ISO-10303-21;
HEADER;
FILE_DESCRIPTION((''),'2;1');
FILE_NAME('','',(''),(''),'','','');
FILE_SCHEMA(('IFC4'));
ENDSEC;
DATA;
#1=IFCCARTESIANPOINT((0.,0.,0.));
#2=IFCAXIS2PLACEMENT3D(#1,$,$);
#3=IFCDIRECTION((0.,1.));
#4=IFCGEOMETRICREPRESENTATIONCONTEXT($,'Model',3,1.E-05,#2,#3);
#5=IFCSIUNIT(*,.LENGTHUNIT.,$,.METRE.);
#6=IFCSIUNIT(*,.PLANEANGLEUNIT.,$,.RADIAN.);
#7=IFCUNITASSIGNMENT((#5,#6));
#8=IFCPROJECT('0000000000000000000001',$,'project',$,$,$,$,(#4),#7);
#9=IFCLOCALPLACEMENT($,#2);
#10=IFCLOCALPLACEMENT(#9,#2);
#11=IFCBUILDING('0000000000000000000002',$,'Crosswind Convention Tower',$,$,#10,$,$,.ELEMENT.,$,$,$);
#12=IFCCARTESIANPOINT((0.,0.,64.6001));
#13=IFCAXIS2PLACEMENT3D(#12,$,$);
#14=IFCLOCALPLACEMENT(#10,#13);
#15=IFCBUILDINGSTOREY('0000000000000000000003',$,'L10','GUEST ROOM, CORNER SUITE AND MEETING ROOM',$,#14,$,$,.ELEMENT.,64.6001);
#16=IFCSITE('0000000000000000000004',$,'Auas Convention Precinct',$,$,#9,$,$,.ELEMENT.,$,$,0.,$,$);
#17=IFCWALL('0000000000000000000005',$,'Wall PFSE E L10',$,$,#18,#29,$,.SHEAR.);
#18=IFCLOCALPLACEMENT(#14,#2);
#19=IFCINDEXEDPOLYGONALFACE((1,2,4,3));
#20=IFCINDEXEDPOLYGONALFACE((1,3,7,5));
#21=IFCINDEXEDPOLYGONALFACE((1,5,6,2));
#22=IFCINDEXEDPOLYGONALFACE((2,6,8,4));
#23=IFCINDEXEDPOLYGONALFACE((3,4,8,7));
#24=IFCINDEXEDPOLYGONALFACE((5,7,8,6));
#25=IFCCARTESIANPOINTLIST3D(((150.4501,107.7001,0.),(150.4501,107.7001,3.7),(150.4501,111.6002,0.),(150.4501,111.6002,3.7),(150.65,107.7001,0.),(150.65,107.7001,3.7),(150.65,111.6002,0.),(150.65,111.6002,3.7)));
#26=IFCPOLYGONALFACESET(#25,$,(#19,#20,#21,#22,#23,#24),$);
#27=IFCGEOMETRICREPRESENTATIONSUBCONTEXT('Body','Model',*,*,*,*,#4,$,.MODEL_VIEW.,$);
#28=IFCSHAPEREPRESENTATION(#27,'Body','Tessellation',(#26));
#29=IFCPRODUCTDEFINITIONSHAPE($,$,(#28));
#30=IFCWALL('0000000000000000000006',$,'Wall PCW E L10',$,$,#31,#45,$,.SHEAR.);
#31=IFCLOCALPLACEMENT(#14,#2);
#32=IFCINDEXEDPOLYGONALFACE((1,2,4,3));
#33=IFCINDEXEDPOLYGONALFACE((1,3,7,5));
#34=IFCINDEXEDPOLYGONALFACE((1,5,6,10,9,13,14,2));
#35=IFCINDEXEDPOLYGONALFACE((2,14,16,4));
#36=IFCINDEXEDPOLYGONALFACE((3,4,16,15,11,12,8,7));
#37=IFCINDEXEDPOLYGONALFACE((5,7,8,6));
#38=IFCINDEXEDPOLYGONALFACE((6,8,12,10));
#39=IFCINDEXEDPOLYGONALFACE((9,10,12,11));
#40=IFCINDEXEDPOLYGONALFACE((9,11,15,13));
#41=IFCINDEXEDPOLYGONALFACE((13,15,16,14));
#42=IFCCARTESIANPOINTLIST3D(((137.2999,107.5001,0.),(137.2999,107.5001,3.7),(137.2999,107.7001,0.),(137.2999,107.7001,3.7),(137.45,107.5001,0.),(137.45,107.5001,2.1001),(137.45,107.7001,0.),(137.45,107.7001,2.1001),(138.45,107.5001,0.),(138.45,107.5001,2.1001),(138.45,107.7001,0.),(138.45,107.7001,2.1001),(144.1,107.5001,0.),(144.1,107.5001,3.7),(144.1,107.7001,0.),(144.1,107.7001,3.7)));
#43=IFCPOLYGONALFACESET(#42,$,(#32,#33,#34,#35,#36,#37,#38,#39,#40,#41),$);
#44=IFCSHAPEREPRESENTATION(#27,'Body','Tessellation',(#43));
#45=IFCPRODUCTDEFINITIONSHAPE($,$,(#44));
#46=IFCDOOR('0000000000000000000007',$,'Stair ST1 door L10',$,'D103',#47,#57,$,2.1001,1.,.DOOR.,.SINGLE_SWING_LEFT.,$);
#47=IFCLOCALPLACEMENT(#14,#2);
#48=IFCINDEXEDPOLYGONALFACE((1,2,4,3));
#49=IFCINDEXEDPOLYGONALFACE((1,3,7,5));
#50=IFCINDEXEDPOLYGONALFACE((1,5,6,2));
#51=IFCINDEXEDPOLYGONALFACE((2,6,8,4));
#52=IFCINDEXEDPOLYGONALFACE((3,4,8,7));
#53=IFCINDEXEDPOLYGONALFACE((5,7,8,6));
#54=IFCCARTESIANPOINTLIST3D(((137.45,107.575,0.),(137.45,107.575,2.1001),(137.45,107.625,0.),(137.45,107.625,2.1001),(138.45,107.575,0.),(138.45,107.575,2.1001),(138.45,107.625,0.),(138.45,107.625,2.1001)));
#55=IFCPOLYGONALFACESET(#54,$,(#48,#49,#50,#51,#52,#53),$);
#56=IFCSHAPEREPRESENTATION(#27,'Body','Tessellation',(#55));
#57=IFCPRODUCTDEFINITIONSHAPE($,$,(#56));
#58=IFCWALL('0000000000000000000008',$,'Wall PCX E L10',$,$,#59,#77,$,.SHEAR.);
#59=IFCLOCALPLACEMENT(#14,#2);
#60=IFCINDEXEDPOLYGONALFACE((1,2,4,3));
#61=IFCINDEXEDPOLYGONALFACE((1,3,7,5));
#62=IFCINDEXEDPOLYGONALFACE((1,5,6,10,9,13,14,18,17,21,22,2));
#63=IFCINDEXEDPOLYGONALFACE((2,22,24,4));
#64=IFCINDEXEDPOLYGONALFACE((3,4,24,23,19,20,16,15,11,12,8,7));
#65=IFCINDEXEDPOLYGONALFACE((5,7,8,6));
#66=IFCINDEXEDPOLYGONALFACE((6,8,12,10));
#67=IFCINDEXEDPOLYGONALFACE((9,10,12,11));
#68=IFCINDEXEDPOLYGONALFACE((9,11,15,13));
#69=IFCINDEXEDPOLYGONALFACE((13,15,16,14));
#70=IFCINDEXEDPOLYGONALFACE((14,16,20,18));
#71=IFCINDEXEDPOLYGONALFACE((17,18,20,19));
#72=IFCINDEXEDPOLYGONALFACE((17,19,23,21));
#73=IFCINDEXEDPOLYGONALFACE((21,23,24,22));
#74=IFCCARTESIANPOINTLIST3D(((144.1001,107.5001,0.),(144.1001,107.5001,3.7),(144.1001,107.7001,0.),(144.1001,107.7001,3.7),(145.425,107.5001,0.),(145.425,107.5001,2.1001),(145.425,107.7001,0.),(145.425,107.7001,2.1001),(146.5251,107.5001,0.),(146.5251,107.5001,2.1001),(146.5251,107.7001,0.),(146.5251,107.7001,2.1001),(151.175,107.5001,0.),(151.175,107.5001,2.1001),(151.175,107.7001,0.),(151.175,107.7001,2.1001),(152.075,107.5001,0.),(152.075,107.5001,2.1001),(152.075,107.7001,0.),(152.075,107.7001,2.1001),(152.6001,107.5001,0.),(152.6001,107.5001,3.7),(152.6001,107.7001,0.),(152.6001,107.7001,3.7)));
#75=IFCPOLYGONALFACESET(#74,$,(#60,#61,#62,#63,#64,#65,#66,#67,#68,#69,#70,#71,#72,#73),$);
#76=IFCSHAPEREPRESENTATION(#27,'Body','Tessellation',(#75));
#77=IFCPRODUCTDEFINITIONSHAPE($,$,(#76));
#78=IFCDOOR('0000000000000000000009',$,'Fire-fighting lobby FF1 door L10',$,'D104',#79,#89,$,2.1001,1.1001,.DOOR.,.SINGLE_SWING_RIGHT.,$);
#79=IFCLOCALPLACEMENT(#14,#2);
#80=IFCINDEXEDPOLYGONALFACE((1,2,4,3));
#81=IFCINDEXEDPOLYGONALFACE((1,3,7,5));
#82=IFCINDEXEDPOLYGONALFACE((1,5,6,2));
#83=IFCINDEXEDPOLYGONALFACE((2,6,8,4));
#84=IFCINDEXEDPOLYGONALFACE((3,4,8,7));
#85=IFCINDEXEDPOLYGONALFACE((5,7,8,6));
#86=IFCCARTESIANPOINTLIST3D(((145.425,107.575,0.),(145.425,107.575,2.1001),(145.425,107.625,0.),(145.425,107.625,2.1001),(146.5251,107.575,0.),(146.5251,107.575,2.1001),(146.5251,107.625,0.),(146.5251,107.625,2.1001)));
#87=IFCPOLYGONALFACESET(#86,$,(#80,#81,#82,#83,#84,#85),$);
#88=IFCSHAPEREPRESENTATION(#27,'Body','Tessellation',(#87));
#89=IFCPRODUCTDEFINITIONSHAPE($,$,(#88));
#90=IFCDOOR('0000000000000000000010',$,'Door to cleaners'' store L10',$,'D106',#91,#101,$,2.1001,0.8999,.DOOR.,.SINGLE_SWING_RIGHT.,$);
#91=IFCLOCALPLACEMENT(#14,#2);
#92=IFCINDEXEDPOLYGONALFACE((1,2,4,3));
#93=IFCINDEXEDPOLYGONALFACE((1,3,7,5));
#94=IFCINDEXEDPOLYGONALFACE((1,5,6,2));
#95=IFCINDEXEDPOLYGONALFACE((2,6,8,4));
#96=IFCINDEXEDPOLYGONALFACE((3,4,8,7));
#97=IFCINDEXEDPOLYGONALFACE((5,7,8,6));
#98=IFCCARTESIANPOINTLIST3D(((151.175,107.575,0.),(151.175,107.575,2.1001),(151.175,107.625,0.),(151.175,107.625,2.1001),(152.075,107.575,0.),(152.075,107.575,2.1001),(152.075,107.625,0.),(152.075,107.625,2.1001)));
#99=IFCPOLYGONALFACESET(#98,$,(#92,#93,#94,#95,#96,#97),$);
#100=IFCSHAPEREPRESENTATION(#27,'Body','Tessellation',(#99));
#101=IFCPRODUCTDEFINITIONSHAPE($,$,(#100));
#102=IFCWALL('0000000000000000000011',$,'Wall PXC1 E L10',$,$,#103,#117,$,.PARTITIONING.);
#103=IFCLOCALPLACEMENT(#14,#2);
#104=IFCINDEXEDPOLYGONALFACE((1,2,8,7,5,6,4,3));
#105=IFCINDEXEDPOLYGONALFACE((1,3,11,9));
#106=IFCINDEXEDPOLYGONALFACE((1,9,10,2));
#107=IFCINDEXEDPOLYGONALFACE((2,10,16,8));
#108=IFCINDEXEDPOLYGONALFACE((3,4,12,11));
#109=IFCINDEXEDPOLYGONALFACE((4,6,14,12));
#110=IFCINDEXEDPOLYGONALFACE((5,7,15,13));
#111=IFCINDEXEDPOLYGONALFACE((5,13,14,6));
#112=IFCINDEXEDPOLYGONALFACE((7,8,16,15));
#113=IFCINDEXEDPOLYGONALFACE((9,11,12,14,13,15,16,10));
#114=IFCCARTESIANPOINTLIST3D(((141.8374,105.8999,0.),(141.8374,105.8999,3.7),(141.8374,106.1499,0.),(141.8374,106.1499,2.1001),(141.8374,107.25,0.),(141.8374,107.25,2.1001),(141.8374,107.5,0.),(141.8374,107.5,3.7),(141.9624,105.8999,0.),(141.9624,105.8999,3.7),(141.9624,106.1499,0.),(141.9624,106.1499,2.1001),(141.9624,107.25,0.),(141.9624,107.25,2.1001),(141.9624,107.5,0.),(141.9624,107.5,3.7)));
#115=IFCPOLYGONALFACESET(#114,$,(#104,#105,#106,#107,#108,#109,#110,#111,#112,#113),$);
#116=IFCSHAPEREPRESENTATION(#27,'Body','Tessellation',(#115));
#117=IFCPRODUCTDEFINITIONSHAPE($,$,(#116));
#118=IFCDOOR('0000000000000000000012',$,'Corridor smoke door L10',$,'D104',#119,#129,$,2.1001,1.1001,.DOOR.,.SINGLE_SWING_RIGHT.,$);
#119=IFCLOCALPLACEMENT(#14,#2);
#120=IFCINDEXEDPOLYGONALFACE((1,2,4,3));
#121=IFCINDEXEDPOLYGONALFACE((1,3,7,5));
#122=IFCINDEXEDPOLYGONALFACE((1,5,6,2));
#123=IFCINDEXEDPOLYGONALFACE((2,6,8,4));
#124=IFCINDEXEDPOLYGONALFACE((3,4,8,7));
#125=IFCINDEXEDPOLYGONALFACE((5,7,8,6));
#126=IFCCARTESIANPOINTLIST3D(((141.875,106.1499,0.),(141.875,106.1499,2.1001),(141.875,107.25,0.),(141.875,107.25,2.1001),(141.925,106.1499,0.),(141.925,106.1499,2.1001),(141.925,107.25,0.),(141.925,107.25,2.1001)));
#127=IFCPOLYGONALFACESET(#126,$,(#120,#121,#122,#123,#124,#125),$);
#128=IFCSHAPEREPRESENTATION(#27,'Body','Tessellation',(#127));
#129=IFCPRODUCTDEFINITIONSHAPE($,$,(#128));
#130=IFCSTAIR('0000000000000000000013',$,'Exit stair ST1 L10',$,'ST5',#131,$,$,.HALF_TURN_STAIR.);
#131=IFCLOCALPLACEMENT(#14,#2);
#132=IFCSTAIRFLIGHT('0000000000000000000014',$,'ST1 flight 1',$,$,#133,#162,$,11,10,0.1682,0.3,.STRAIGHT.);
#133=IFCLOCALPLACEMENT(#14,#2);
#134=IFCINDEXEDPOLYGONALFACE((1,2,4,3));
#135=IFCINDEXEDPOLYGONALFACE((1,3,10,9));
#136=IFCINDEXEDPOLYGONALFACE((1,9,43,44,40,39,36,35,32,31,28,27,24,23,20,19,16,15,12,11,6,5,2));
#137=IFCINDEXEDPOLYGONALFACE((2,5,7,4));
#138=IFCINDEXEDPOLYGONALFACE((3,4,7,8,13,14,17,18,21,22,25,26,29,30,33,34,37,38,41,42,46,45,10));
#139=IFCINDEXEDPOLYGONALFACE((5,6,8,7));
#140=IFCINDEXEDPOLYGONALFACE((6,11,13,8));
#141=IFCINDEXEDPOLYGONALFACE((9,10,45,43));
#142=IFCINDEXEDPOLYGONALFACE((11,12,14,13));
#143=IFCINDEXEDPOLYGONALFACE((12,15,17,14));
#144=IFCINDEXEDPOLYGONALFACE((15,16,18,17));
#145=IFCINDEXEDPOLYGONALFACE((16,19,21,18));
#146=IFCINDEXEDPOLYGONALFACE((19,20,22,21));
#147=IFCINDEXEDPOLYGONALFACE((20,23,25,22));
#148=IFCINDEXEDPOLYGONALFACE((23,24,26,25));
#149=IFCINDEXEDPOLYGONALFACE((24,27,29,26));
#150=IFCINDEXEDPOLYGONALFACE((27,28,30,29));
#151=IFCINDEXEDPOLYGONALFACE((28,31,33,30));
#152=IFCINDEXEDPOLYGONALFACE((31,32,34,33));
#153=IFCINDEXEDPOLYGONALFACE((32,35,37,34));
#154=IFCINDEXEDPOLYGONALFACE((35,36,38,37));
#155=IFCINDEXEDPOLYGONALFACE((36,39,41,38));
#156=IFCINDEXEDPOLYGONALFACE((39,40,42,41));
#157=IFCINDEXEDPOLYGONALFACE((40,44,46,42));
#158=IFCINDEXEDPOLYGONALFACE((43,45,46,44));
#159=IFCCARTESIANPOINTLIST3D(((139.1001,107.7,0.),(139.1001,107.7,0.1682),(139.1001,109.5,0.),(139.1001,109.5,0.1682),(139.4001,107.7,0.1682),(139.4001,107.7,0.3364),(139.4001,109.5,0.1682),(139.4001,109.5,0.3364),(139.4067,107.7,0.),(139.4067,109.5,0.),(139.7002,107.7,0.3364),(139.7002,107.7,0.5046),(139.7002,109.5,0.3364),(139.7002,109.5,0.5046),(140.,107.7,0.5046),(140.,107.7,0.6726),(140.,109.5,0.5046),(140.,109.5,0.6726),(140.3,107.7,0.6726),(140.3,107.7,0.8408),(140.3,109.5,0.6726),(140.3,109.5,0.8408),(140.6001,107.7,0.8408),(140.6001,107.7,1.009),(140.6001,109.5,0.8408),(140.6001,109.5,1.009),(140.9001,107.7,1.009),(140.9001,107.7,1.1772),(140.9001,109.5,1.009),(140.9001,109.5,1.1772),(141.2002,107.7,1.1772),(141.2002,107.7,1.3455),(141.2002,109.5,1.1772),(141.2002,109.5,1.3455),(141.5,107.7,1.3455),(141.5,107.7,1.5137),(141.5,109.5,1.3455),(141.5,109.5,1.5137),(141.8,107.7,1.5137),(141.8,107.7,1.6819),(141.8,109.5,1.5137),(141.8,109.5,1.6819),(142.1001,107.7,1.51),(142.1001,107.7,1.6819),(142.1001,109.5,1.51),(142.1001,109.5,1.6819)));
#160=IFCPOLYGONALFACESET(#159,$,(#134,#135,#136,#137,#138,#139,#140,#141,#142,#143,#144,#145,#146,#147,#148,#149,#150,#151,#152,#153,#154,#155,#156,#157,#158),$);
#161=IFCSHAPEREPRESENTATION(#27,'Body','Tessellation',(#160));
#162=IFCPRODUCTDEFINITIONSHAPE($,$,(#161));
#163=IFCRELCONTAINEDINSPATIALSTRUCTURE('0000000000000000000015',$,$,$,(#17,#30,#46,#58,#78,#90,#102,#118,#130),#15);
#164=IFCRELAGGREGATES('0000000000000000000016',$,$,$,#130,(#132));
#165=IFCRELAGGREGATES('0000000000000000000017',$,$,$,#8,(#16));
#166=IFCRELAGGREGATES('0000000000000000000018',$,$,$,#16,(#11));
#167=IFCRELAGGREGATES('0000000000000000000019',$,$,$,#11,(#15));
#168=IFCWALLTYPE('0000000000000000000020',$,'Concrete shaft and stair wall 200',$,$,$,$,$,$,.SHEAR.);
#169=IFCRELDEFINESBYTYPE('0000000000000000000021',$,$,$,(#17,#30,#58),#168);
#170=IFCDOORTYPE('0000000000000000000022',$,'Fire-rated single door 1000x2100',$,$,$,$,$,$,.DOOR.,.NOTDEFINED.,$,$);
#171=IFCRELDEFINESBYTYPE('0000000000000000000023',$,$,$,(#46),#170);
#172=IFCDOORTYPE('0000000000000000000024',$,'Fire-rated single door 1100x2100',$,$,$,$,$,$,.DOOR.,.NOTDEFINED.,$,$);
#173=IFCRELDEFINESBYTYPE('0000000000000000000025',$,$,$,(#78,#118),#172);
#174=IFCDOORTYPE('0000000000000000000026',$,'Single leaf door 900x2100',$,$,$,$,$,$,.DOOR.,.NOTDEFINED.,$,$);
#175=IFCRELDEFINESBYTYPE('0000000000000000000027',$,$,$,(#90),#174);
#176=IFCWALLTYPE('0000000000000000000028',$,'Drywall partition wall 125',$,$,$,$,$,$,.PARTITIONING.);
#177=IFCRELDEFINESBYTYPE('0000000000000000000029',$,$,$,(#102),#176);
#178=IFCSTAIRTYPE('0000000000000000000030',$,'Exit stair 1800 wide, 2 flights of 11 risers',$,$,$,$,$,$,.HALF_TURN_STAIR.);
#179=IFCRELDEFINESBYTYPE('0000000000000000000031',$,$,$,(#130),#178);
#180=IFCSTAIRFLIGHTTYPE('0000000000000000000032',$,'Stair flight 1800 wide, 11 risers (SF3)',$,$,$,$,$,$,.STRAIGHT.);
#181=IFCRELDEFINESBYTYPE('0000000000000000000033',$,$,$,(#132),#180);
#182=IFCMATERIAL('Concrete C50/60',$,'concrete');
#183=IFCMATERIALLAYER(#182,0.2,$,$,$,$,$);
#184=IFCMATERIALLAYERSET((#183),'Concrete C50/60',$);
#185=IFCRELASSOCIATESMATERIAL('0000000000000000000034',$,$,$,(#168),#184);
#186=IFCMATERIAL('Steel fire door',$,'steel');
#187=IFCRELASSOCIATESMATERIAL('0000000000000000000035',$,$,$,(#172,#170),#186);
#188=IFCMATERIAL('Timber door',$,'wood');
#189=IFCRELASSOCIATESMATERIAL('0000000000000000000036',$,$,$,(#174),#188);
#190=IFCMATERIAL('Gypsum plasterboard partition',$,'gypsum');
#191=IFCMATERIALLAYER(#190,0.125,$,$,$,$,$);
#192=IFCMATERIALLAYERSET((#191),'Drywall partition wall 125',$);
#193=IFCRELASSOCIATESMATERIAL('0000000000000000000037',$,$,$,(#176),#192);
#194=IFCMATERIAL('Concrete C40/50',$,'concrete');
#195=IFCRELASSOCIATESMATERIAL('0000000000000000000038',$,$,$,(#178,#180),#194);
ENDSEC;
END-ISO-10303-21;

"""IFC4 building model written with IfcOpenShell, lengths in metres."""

from ifc_helpers import new_model, si_unit, direction, frame, frame_2d, origin, place, context, subcontext, project, spatial, polyline, rectangle, outline, extrude, material, layer, layer_set, type_object, element, fill, aggregate, save


model = new_model("IFC4")

# Units and contexts
model_context = context("Model", 3, precision=1e-05, world=origin(), true_north=direction((0.0, 1.0)))
body_context = subcontext(model_context, "Body", "Model", "MODEL_VIEW")
ifc_project = project(units=[si_unit("LENGTHUNIT", "METRE"), si_unit("PLANEANGLEUNIT", "RADIAN")], contexts=[model_context])

# Site, building, storey
site_placement = place(None, origin())
site = spatial("IfcSite", under=ifc_project, at=site_placement, Name="Auas Convention Precinct", CompositionType="ELEMENT", RefElevation=0.0)
building_placement = place(site_placement, origin())
building = spatial("IfcBuilding", under=site, at=building_placement, Name="Crosswind Convention Tower", CompositionType="ELEMENT")
storey_placement = place(building_placement, frame((0.0, 0.0, 64.6001)))
storey = spatial("IfcBuildingStorey", under=building, at=storey_placement, Name="L10", Description="GUEST ROOM, CORNER SUITE AND MEETING ROOM", CompositionType="ELEMENT", Elevation=64.6001)

# Shared definitions
ifc_material_1 = material(Name="Concrete C50/60", Category="concrete")
ifc_layer_1 = layer(ifc_material_1, 0.2)
ifc_layer_set_1 = layer_set([ifc_layer_1], Name="Concrete C50/60")
wall_type_1 = type_object("IfcWallType", Name="Concrete shaft and stair wall 200", PredefinedType="SHEAR", material=ifc_layer_set_1)

# Shared definitions
ifc_material_2 = material(Name="Steel fire door", Category="steel")
door_type_1 = type_object("IfcDoorType", Name="Fire-rated single door 1100x2100", OperationType="NOTDEFINED", PredefinedType="DOOR", material=ifc_material_2)

# Wall
wall_1_placement = place(storey_placement, frame((150.55, 107.7, 0.0), z_axis=(0.0, 0.0, 1.0), x_axis=(0.0, 1.0, 0.0)))
element("IfcWall", 1, at=wall_1_placement, inside=storey, type_object=wall_type_1, Name="Wall PFSE E L10", PredefinedType="SHEAR", context=body_context, shape_type="SweptSolid", body=[
    extrude(rectangle(XDim=3.9001, YDim=0.2, at=frame_2d((1.9502, 0.0))), origin(), (0.0, 0.0, 1.0), 3.7),
])

# Wall, opening, door
wall_2_placement = place(storey_placement, frame((137.3, 107.6001, 0.0), z_axis=(0.0, 0.0, 1.0), x_axis=(1.0, 0.0, 0.0)))
wall_2 = element("IfcWall", 2, at=wall_2_placement, inside=storey, type_object=wall_type_1, Name="Wall PCW E L10", PredefinedType="SHEAR", context=body_context, shape_type="SweptSolid", body=[
    extrude(rectangle(XDim=6.8, YDim=0.2, at=frame_2d((3.3999, 0.0))), origin(), (0.0, 0.0, 1.0), 3.7),
])
opening_1_placement = place(wall_2_placement, frame((0.1499, 0.0, 0.0)))
opening_1 = element("IfcOpeningElement", 3, at=opening_1_placement, cuts=wall_2, PredefinedType="OPENING", context=body_context, shape_type="SweptSolid", body=[
    extrude(rectangle(XDim=1.0, YDim=2.1001, at=frame_2d((0.5, 1.05))), frame((0.0, 0.1099, 0.0), z_axis=(0.0, -1.0, 0.0), x_axis=(1.0, 0.0, 0.0)), (0.0, 0.0, 1.0), 0.22),
])
door_type_2 = type_object("IfcDoorType", Name="Fire-rated single door 1000x2100", OperationType="NOTDEFINED", PredefinedType="DOOR", material=ifc_material_2)
door_1_placement = place(opening_1_placement, origin())
door_1 = element("IfcDoor", 4, at=door_1_placement, inside=storey, type_object=door_type_2, Name="Stair ST1 door L10", ObjectType="D103", OperationType="SINGLE_SWING_LEFT", OverallHeight=2.1001, OverallWidth=1.0, PredefinedType="DOOR", context=body_context, shape_type="SweptSolid", body=[
    extrude(rectangle(XDim=1.0, YDim=2.1001, at=frame_2d((0.5, 1.05))), frame((0.0, 0.0249, 0.0), z_axis=(0.0, -1.0, 0.0), x_axis=(1.0, 0.0, 0.0)), (0.0, 0.0, 1.0), 0.05),
])
fill(opening_1, door_1)

# Wall, openings, doors
wall_3_placement = place(storey_placement, frame((144.1001, 107.6001, 0.0), z_axis=(0.0, 0.0, 1.0), x_axis=(1.0, 0.0, 0.0)))
wall_3 = element("IfcWall", 5, at=wall_3_placement, inside=storey, type_object=wall_type_1, Name="Wall PCX E L10", PredefinedType="SHEAR", context=body_context, shape_type="SweptSolid", body=[
    extrude(rectangle(XDim=8.5, YDim=0.2, at=frame_2d((4.25, 0.0))), origin(), (0.0, 0.0, 1.0), 3.7),
])
opening_2_placement = place(wall_3_placement, frame((1.325, 0.0, 0.0)))
opening_2 = element("IfcOpeningElement", 6, at=opening_2_placement, cuts=wall_3, PredefinedType="OPENING", context=body_context, shape_type="SweptSolid", body=[
    extrude(rectangle(XDim=1.1001, YDim=2.1001, at=frame_2d((0.55, 1.05))), frame((0.0, 0.1099, 0.0), z_axis=(0.0, -1.0, 0.0), x_axis=(1.0, 0.0, 0.0)), (0.0, 0.0, 1.0), 0.22),
])
opening_3_placement = place(wall_3_placement, frame((7.075, 0.0, 0.0)))
opening_3 = element("IfcOpeningElement", 7, at=opening_3_placement, cuts=wall_3, PredefinedType="OPENING", context=body_context, shape_type="SweptSolid", body=[
    extrude(rectangle(XDim=0.8999, YDim=2.1001, at=frame_2d((0.45, 1.05))), frame((0.0, 0.1099, 0.0), z_axis=(0.0, -1.0, 0.0), x_axis=(1.0, 0.0, 0.0)), (0.0, 0.0, 1.0), 0.22),
])
door_2_placement = place(opening_2_placement, origin())
door_2 = element("IfcDoor", 8, at=door_2_placement, inside=storey, type_object=door_type_1, Name="Fire-fighting lobby FF1 door L10", ObjectType="D104", OperationType="SINGLE_SWING_RIGHT", OverallHeight=2.1001, OverallWidth=1.1001, PredefinedType="DOOR", context=body_context, shape_type="SweptSolid", body=[
    extrude(rectangle(XDim=1.1001, YDim=2.1001, at=frame_2d((0.55, 1.05))), frame((0.0, 0.0249, 0.0), z_axis=(0.0, -1.0, 0.0), x_axis=(1.0, 0.0, 0.0)), (0.0, 0.0, 1.0), 0.05),
])
fill(opening_2, door_2)
ifc_material_3 = material(Name="Timber door", Category="wood")
door_type_3 = type_object("IfcDoorType", Name="Single leaf door 900x2100", OperationType="NOTDEFINED", PredefinedType="DOOR", material=ifc_material_3)
door_3_placement = place(opening_3_placement, origin())
door_3 = element("IfcDoor", 9, at=door_3_placement, inside=storey, type_object=door_type_3, Name="Door to cleaners' store L10", ObjectType="D106", OperationType="SINGLE_SWING_RIGHT", OverallHeight=2.1001, OverallWidth=0.8999, PredefinedType="DOOR", context=body_context, shape_type="SweptSolid", body=[
    extrude(rectangle(XDim=0.8999, YDim=2.1001, at=frame_2d((0.45, 1.05))), frame((0.0, 0.0249, 0.0), z_axis=(0.0, -1.0, 0.0), x_axis=(1.0, 0.0, 0.0)), (0.0, 0.0, 1.0), 0.05),
])
fill(opening_3, door_3)

# Wall, opening, door
ifc_material_4 = material(Name="Gypsum plasterboard partition", Category="gypsum")
ifc_layer_2 = layer(ifc_material_4, 0.125)
ifc_layer_set_2 = layer_set([ifc_layer_2], Name="Drywall partition wall 125")
wall_type_2 = type_object("IfcWallType", Name="Drywall partition wall 125", PredefinedType="PARTITIONING", material=ifc_layer_set_2)
wall_4_placement = place(storey_placement, frame((141.8999, 105.8999, 0.0), z_axis=(0.0, 0.0, 1.0), x_axis=(0.0, 1.0, 0.0)))
wall_4 = element("IfcWall", 10, at=wall_4_placement, inside=storey, type_object=wall_type_2, Name="Wall PXC1 E L10", PredefinedType="PARTITIONING", context=body_context, shape_type="SweptSolid", body=[
    extrude(rectangle(XDim=1.6001, YDim=0.125, at=frame_2d((0.8, 0.0))), origin(), (0.0, 0.0, 1.0), 3.7),
])
opening_4_placement = place(wall_4_placement, frame((0.25, 0.0, 0.0)))
opening_4 = element("IfcOpeningElement", 11, at=opening_4_placement, cuts=wall_4, PredefinedType="OPENING", context=body_context, shape_type="SweptSolid", body=[
    extrude(rectangle(XDim=1.1001, YDim=2.1001, at=frame_2d((0.55, 1.05))), frame((0.0, 0.0725, 0.0), z_axis=(0.0, -1.0, 0.0), x_axis=(1.0, 0.0, 0.0)), (0.0, 0.0, 1.0), 0.145),
])
door_4_placement = place(opening_4_placement, origin())
door_4 = element("IfcDoor", 12, at=door_4_placement, inside=storey, type_object=door_type_1, Name="Corridor smoke door L10", ObjectType="D104", OperationType="SINGLE_SWING_RIGHT", OverallHeight=2.1001, OverallWidth=1.1001, PredefinedType="DOOR", context=body_context, shape_type="SweptSolid", body=[
    extrude(rectangle(XDim=1.1001, YDim=2.1001, at=frame_2d((0.55, 1.05))), frame((0.0, 0.0249, 0.0), z_axis=(0.0, -1.0, 0.0), x_axis=(1.0, 0.0, 0.0)), (0.0, 0.0, 1.0), 0.05),
])
fill(opening_4, door_4)

# Stair, stair flight
ifc_material_5 = material(Name="Concrete C40/50", Category="concrete")
stair_type = type_object("IfcStairType", Name="Exit stair 1800 wide, 2 flights of 11 risers", PredefinedType="HALF_TURN_STAIR", material=ifc_material_5)
stair_placement = place(storey_placement, origin())
stair = element("IfcStair", 13, at=stair_placement, inside=storey, type_object=stair_type, Name="Exit stair ST1 L10", ObjectType="ST5", PredefinedType="HALF_TURN_STAIR")
stair_flight_type = type_object("IfcStairFlightType", Name="Stair flight 1800 wide, 11 risers (SF3)", PredefinedType="STRAIGHT", material=ifc_material_5)
stair_flight_placement = place(storey_placement, frame((139.1001, 108.6001, 0.0), z_axis=(0.0, 0.0, 1.0), x_axis=(1.0, 0.0, 0.0)))
stair_flight = element("IfcStairFlight", 14, at=stair_flight_placement, type_object=stair_flight_type, Name="ST1 flight 1", NumberOfRisers=11, NumberOfTreads=10, PredefinedType="STRAIGHT", RiserHeight=0.1682, TreadLength=0.3, context=body_context, shape_type="SweptSolid", body=[
    extrude(outline(polyline([(0.0, 0.0), (0.0, 0.1682), (0.3, 0.1682), (0.3, 0.3364), (0.6001, 0.3364), (0.6001, 0.5046), (0.8999, 0.5046), (0.8999, 0.6726), (1.2, 0.6726), (1.2, 0.8408), (1.5, 0.8408), (1.5, 1.009), (1.8, 1.009), (1.8, 1.1772), (2.1001, 1.1772), (2.1001, 1.3455), (2.3999, 1.3455), (2.3999, 1.5137), (2.7, 1.5137), (2.7, 1.6819), (3.0, 1.6819), (3.0, 1.8501), (3.0, 1.51), (0.3066, 0.0), (0.0, 0.0)])), frame((0.0, 0.8999, 0.0), z_axis=(0.0, -1.0, 0.0), x_axis=(1.0, 0.0, 0.0)), (0.0, 0.0, 1.0), 1.8),
])
aggregate(stair, [stair_flight])

save(model, "model.ifc")
